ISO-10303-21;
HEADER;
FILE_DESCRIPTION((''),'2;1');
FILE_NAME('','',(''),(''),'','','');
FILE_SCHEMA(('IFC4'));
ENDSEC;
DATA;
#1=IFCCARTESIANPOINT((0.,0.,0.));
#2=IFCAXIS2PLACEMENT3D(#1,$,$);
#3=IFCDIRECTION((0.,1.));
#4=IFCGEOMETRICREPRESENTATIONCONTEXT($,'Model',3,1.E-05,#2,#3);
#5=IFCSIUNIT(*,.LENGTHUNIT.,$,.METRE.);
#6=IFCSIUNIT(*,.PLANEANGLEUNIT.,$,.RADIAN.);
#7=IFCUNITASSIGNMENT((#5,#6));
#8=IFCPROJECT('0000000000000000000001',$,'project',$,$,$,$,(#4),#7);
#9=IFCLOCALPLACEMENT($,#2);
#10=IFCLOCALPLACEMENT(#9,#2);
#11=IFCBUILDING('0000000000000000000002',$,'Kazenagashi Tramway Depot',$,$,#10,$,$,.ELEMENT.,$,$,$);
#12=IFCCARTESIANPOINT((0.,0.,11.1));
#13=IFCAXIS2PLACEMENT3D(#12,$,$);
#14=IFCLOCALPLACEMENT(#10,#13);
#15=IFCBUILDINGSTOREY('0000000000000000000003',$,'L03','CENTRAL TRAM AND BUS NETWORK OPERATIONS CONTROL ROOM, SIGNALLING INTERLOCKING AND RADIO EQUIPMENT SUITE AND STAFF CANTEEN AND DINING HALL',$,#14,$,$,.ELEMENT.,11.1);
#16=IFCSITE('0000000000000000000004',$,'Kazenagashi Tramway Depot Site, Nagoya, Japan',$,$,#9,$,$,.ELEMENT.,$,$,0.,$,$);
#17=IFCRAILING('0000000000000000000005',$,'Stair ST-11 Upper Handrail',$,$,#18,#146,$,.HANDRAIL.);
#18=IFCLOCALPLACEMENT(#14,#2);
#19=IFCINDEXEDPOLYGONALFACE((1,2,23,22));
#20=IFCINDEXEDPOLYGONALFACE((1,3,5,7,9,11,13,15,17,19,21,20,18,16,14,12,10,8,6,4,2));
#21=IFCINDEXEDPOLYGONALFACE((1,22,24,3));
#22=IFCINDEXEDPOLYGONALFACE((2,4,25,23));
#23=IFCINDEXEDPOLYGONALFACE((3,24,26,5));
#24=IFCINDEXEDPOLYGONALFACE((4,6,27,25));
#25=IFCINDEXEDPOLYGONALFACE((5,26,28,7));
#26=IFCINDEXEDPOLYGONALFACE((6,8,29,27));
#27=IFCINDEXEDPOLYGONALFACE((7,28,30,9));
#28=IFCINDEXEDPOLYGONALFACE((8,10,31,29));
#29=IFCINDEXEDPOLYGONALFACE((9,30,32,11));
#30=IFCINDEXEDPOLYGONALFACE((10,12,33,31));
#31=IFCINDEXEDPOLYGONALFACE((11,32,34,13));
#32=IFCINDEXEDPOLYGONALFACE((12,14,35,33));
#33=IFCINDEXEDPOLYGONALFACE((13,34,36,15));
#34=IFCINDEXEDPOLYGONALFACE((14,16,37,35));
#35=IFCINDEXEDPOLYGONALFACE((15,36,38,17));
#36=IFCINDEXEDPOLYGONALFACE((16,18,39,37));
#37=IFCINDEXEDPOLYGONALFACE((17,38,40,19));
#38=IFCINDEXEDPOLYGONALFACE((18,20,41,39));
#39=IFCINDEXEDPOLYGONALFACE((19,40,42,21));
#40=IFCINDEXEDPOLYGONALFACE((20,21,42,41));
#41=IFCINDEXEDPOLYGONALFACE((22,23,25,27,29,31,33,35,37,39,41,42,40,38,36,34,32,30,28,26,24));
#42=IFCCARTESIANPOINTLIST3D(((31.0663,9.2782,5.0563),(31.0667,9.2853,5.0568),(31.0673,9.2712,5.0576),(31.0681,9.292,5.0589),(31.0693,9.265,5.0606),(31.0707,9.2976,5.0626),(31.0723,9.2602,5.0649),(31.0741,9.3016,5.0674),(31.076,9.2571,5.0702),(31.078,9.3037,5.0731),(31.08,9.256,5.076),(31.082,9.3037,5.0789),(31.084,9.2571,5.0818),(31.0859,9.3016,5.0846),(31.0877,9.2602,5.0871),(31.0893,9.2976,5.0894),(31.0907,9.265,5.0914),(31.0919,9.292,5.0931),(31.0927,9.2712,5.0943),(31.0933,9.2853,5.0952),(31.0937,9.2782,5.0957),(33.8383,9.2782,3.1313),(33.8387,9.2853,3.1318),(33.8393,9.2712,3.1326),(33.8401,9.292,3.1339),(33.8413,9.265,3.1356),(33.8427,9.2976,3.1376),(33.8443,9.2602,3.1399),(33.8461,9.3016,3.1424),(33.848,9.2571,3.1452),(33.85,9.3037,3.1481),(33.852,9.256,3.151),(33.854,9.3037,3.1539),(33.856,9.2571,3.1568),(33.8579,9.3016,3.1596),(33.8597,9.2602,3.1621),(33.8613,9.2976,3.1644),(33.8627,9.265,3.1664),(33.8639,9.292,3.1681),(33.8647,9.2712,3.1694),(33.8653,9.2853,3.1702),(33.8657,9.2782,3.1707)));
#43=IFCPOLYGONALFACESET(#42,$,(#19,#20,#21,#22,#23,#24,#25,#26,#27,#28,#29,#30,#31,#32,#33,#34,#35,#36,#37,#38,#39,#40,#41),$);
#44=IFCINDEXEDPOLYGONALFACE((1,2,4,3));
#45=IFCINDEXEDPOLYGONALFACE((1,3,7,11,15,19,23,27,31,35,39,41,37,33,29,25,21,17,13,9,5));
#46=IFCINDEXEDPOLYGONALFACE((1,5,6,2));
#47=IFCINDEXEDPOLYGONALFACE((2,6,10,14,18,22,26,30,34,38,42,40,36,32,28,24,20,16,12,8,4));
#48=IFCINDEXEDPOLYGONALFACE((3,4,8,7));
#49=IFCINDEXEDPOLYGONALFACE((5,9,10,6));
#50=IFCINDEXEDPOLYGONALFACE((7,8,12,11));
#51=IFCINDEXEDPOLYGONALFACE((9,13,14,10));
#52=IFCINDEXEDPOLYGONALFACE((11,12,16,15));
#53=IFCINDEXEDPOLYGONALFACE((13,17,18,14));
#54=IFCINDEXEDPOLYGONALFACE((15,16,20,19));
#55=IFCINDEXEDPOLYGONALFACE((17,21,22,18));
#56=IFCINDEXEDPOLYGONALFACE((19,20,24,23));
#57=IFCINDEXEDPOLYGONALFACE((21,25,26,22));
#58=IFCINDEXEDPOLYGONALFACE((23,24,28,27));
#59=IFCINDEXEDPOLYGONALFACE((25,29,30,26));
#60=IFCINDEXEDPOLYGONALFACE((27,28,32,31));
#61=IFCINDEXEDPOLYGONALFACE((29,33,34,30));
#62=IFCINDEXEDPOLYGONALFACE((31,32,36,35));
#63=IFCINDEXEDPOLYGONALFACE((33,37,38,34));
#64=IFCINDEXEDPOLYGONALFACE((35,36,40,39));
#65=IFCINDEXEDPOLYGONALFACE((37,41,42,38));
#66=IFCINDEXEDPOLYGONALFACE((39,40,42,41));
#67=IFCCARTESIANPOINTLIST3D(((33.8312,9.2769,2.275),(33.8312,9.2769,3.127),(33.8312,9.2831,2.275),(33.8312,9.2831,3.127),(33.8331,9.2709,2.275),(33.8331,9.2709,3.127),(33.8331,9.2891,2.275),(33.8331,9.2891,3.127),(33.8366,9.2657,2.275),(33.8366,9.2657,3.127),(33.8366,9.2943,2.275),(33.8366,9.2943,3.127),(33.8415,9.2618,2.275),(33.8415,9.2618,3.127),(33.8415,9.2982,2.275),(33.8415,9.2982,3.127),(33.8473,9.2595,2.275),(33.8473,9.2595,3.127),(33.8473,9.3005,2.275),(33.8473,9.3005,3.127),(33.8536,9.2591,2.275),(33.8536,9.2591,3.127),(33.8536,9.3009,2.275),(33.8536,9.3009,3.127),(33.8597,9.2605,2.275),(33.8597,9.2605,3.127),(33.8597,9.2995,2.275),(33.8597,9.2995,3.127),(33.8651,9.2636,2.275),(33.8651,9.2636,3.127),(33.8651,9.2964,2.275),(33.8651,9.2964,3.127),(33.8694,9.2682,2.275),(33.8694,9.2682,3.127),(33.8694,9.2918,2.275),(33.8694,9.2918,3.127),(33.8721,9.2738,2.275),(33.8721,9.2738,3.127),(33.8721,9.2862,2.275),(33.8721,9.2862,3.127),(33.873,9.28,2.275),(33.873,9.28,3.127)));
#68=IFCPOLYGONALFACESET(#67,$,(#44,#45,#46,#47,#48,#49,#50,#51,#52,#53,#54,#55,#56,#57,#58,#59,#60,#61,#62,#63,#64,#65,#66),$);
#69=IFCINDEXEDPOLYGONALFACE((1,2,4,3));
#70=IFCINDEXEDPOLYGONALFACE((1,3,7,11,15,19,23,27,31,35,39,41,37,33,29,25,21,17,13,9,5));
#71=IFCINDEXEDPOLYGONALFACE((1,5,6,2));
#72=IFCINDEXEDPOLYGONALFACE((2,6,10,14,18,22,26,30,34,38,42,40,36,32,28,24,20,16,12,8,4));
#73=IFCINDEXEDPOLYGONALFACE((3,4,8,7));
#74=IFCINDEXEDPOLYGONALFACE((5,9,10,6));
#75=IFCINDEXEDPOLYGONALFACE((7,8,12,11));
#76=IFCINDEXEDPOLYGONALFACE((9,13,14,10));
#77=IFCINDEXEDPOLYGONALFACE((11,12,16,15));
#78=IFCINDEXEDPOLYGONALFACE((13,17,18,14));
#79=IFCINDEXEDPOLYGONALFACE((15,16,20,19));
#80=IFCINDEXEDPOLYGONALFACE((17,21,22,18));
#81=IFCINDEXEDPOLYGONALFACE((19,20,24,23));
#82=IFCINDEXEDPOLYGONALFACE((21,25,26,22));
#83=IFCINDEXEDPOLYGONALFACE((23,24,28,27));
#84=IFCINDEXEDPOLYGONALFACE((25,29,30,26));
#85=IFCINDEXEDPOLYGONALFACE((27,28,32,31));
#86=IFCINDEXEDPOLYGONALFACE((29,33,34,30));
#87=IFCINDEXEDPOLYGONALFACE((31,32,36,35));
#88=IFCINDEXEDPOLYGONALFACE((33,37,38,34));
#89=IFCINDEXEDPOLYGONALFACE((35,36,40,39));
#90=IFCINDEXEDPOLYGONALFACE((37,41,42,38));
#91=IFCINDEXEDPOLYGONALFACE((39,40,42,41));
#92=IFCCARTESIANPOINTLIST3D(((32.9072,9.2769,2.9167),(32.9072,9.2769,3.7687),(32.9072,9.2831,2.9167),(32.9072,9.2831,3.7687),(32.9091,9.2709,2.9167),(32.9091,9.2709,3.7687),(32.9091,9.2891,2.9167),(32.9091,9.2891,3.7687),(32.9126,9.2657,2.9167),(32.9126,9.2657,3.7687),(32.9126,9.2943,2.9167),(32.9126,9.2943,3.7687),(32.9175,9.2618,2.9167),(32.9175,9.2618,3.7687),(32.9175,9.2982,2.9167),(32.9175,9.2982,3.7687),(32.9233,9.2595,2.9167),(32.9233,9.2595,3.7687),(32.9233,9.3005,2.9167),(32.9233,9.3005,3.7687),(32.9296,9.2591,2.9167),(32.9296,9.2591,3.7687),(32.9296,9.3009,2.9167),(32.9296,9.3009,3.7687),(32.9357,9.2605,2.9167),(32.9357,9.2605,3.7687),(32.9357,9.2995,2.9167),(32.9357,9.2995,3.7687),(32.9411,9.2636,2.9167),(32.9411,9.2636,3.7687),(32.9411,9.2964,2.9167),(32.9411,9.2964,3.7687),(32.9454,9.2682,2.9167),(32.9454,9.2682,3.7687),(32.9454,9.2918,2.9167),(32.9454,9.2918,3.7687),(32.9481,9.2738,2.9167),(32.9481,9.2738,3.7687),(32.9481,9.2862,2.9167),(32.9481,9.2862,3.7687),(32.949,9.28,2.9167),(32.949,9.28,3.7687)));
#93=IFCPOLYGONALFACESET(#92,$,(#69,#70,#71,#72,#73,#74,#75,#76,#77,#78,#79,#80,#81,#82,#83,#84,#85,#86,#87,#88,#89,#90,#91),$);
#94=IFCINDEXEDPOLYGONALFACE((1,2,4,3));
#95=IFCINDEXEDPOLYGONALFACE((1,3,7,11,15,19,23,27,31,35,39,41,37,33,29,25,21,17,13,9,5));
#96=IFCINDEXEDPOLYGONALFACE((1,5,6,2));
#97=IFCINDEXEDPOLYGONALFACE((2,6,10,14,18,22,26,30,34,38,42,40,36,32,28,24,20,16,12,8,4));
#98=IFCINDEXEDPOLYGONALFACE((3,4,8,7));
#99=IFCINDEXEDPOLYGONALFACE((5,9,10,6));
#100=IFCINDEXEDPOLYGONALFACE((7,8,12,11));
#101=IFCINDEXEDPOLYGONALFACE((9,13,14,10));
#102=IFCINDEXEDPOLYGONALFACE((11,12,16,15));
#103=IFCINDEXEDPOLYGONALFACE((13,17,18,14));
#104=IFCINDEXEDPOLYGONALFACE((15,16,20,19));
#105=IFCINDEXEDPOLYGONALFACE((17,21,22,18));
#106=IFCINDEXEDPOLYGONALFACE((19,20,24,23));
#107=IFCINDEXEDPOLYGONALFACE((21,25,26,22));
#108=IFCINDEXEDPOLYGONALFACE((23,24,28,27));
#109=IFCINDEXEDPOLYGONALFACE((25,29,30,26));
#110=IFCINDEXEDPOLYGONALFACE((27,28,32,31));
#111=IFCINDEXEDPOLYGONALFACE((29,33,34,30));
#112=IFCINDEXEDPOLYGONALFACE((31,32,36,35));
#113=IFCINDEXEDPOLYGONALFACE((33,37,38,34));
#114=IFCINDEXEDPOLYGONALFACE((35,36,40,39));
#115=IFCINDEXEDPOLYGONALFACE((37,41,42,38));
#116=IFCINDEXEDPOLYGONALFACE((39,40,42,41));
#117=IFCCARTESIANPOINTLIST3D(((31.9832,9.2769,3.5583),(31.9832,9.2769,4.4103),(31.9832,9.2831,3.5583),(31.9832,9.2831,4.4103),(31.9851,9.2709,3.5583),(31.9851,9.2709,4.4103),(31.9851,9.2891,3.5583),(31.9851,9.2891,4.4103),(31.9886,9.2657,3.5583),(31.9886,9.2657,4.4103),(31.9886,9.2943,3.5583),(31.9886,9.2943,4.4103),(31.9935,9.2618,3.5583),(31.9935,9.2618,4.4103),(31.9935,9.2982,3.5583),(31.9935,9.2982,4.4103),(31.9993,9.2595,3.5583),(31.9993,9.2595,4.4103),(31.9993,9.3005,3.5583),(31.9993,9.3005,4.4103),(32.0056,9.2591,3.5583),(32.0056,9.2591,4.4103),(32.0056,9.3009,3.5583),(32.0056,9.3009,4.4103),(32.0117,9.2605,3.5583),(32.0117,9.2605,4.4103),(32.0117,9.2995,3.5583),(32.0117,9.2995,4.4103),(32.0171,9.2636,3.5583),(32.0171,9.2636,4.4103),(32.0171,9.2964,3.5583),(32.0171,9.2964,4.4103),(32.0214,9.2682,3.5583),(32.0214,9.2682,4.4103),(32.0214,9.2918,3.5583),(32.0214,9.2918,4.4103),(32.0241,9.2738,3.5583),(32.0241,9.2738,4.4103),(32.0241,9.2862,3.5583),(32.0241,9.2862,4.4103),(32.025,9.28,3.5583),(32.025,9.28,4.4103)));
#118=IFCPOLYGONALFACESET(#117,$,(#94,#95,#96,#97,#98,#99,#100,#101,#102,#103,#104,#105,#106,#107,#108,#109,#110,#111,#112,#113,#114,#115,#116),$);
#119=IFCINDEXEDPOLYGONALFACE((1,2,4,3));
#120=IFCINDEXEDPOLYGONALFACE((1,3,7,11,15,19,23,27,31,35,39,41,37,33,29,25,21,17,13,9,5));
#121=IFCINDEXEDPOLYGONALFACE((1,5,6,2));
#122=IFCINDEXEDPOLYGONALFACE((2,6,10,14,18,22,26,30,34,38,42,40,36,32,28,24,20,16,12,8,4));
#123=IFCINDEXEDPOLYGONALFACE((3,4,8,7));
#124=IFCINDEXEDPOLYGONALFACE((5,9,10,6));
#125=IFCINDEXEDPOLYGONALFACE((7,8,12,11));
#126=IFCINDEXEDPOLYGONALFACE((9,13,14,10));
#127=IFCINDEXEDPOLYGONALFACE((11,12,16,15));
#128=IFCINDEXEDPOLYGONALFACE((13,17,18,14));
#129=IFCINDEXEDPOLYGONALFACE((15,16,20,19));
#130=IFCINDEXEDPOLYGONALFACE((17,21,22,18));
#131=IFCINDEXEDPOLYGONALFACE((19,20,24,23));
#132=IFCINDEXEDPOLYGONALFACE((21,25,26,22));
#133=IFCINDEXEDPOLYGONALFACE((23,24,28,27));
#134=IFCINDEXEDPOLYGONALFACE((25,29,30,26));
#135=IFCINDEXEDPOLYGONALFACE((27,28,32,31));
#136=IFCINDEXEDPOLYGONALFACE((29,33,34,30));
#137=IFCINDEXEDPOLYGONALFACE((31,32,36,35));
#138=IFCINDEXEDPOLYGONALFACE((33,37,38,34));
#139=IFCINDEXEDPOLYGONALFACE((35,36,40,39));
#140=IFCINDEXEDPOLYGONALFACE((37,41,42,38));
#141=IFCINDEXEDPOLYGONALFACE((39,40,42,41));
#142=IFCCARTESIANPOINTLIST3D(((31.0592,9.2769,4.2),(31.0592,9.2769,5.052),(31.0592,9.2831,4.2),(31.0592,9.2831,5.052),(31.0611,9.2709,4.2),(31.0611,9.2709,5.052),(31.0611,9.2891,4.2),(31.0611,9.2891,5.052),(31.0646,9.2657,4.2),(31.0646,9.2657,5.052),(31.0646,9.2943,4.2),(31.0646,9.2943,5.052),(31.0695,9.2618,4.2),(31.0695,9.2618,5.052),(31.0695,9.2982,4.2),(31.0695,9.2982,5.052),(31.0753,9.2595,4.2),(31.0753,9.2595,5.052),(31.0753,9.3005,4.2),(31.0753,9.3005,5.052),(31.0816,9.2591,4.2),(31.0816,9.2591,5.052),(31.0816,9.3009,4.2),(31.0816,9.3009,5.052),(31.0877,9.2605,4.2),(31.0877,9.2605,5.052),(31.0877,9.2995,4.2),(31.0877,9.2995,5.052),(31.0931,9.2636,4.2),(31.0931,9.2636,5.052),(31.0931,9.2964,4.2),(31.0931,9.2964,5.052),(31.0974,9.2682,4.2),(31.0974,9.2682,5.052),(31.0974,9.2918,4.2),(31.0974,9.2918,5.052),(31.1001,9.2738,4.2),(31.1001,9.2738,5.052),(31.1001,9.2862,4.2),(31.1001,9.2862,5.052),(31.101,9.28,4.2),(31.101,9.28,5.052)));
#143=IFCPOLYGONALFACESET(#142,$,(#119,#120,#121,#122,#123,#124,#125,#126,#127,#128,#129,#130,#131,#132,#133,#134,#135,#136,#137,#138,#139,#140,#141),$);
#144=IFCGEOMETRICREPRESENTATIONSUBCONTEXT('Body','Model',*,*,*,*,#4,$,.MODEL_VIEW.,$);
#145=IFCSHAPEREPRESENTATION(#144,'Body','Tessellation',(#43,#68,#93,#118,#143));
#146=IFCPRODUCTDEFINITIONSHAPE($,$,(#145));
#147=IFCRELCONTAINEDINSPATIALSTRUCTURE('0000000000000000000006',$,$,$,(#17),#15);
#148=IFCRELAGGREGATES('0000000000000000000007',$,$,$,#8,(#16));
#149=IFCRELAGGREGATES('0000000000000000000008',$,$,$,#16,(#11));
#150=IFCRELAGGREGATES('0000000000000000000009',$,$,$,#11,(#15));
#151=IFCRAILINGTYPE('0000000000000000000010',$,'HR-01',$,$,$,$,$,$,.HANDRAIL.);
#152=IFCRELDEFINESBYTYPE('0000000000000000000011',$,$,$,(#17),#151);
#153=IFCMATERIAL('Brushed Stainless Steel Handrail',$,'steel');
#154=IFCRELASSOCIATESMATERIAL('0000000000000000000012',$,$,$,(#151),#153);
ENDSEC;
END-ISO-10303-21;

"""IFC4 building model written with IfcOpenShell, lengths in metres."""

from ifc_helpers import new_model, si_unit, direction, frame, origin, origin_2d, place, context, subcontext, project, spatial, circle, extrude, material, type_object, element, save


model = new_model("IFC4")

# Units and contexts
model_context = context("Model", 3, precision=1e-05, world=origin(), true_north=direction((0.0, 1.0)))
body_context = subcontext(model_context, "Body", "Model", "MODEL_VIEW")
ifc_project = project(units=[si_unit("LENGTHUNIT", "METRE"), si_unit("PLANEANGLEUNIT", "RADIAN")], contexts=[model_context])

# Site, building, storey
site_placement = place(None, origin())
site = spatial("IfcSite", under=ifc_project, at=site_placement, Name="Kazenagashi Tramway Depot Site, Nagoya, Japan", CompositionType="ELEMENT", RefElevation=0.0)
building_placement = place(site_placement, origin())
building = spatial("IfcBuilding", under=site, at=building_placement, Name="Kazenagashi Tramway Depot", CompositionType="ELEMENT")
storey_placement = place(building_placement, frame((0.0, 0.0, 11.1)))
storey = spatial("IfcBuildingStorey", under=building, at=storey_placement, Name="L03", Description="CENTRAL TRAM AND BUS NETWORK OPERATIONS CONTROL ROOM, SIGNALLING INTERLOCKING AND RADIO EQUIPMENT SUITE AND STAFF CANTEEN AND DINING HALL", CompositionType="ELEMENT", Elevation=11.1)

# Railing
ifc_material_1 = material(Name="Brushed Stainless Steel Handrail", Category="steel")
railing_type_1 = type_object("IfcRailingType", Name="HR-01", PredefinedType="HANDRAIL", material=ifc_material_1)
railing_1_placement = place(storey_placement, frame((33.852, 9.28, 2.275)))
element("IfcRailing", 1, at=railing_1_placement, inside=storey, type_object=railing_type_1, Name="Stair ST-11 Upper Handrail", PredefinedType="HANDRAIL", context=body_context, shape_type="SweptSolid", body=[
    extrude(circle(Radius=0.024, at=origin_2d()), frame((0.0, 0.0, 0.876), z_axis=(-0.82137, 0.0, 0.570396), x_axis=(0.0, -1.0, 0.0)), (0.0, 0.0, 1.0), 3.3748),
    extrude(circle(Radius=0.021, at=origin_2d()), origin(), (0.0, 0.0, 1.0), 0.852),
    extrude(circle(Radius=0.021, at=origin_2d()), frame((-0.924, 0.0, 0.6417)), (0.0, 0.0, 1.0), 0.852),
    extrude(circle(Radius=0.021, at=origin_2d()), frame((-1.848, 0.0, 1.2833)), (0.0, 0.0, 1.0), 0.852),
    extrude(circle(Radius=0.021, at=origin_2d()), frame((-2.772, 0.0, 1.925)), (0.0, 0.0, 1.0), 0.852),
])

save(model, "model.ifc")
